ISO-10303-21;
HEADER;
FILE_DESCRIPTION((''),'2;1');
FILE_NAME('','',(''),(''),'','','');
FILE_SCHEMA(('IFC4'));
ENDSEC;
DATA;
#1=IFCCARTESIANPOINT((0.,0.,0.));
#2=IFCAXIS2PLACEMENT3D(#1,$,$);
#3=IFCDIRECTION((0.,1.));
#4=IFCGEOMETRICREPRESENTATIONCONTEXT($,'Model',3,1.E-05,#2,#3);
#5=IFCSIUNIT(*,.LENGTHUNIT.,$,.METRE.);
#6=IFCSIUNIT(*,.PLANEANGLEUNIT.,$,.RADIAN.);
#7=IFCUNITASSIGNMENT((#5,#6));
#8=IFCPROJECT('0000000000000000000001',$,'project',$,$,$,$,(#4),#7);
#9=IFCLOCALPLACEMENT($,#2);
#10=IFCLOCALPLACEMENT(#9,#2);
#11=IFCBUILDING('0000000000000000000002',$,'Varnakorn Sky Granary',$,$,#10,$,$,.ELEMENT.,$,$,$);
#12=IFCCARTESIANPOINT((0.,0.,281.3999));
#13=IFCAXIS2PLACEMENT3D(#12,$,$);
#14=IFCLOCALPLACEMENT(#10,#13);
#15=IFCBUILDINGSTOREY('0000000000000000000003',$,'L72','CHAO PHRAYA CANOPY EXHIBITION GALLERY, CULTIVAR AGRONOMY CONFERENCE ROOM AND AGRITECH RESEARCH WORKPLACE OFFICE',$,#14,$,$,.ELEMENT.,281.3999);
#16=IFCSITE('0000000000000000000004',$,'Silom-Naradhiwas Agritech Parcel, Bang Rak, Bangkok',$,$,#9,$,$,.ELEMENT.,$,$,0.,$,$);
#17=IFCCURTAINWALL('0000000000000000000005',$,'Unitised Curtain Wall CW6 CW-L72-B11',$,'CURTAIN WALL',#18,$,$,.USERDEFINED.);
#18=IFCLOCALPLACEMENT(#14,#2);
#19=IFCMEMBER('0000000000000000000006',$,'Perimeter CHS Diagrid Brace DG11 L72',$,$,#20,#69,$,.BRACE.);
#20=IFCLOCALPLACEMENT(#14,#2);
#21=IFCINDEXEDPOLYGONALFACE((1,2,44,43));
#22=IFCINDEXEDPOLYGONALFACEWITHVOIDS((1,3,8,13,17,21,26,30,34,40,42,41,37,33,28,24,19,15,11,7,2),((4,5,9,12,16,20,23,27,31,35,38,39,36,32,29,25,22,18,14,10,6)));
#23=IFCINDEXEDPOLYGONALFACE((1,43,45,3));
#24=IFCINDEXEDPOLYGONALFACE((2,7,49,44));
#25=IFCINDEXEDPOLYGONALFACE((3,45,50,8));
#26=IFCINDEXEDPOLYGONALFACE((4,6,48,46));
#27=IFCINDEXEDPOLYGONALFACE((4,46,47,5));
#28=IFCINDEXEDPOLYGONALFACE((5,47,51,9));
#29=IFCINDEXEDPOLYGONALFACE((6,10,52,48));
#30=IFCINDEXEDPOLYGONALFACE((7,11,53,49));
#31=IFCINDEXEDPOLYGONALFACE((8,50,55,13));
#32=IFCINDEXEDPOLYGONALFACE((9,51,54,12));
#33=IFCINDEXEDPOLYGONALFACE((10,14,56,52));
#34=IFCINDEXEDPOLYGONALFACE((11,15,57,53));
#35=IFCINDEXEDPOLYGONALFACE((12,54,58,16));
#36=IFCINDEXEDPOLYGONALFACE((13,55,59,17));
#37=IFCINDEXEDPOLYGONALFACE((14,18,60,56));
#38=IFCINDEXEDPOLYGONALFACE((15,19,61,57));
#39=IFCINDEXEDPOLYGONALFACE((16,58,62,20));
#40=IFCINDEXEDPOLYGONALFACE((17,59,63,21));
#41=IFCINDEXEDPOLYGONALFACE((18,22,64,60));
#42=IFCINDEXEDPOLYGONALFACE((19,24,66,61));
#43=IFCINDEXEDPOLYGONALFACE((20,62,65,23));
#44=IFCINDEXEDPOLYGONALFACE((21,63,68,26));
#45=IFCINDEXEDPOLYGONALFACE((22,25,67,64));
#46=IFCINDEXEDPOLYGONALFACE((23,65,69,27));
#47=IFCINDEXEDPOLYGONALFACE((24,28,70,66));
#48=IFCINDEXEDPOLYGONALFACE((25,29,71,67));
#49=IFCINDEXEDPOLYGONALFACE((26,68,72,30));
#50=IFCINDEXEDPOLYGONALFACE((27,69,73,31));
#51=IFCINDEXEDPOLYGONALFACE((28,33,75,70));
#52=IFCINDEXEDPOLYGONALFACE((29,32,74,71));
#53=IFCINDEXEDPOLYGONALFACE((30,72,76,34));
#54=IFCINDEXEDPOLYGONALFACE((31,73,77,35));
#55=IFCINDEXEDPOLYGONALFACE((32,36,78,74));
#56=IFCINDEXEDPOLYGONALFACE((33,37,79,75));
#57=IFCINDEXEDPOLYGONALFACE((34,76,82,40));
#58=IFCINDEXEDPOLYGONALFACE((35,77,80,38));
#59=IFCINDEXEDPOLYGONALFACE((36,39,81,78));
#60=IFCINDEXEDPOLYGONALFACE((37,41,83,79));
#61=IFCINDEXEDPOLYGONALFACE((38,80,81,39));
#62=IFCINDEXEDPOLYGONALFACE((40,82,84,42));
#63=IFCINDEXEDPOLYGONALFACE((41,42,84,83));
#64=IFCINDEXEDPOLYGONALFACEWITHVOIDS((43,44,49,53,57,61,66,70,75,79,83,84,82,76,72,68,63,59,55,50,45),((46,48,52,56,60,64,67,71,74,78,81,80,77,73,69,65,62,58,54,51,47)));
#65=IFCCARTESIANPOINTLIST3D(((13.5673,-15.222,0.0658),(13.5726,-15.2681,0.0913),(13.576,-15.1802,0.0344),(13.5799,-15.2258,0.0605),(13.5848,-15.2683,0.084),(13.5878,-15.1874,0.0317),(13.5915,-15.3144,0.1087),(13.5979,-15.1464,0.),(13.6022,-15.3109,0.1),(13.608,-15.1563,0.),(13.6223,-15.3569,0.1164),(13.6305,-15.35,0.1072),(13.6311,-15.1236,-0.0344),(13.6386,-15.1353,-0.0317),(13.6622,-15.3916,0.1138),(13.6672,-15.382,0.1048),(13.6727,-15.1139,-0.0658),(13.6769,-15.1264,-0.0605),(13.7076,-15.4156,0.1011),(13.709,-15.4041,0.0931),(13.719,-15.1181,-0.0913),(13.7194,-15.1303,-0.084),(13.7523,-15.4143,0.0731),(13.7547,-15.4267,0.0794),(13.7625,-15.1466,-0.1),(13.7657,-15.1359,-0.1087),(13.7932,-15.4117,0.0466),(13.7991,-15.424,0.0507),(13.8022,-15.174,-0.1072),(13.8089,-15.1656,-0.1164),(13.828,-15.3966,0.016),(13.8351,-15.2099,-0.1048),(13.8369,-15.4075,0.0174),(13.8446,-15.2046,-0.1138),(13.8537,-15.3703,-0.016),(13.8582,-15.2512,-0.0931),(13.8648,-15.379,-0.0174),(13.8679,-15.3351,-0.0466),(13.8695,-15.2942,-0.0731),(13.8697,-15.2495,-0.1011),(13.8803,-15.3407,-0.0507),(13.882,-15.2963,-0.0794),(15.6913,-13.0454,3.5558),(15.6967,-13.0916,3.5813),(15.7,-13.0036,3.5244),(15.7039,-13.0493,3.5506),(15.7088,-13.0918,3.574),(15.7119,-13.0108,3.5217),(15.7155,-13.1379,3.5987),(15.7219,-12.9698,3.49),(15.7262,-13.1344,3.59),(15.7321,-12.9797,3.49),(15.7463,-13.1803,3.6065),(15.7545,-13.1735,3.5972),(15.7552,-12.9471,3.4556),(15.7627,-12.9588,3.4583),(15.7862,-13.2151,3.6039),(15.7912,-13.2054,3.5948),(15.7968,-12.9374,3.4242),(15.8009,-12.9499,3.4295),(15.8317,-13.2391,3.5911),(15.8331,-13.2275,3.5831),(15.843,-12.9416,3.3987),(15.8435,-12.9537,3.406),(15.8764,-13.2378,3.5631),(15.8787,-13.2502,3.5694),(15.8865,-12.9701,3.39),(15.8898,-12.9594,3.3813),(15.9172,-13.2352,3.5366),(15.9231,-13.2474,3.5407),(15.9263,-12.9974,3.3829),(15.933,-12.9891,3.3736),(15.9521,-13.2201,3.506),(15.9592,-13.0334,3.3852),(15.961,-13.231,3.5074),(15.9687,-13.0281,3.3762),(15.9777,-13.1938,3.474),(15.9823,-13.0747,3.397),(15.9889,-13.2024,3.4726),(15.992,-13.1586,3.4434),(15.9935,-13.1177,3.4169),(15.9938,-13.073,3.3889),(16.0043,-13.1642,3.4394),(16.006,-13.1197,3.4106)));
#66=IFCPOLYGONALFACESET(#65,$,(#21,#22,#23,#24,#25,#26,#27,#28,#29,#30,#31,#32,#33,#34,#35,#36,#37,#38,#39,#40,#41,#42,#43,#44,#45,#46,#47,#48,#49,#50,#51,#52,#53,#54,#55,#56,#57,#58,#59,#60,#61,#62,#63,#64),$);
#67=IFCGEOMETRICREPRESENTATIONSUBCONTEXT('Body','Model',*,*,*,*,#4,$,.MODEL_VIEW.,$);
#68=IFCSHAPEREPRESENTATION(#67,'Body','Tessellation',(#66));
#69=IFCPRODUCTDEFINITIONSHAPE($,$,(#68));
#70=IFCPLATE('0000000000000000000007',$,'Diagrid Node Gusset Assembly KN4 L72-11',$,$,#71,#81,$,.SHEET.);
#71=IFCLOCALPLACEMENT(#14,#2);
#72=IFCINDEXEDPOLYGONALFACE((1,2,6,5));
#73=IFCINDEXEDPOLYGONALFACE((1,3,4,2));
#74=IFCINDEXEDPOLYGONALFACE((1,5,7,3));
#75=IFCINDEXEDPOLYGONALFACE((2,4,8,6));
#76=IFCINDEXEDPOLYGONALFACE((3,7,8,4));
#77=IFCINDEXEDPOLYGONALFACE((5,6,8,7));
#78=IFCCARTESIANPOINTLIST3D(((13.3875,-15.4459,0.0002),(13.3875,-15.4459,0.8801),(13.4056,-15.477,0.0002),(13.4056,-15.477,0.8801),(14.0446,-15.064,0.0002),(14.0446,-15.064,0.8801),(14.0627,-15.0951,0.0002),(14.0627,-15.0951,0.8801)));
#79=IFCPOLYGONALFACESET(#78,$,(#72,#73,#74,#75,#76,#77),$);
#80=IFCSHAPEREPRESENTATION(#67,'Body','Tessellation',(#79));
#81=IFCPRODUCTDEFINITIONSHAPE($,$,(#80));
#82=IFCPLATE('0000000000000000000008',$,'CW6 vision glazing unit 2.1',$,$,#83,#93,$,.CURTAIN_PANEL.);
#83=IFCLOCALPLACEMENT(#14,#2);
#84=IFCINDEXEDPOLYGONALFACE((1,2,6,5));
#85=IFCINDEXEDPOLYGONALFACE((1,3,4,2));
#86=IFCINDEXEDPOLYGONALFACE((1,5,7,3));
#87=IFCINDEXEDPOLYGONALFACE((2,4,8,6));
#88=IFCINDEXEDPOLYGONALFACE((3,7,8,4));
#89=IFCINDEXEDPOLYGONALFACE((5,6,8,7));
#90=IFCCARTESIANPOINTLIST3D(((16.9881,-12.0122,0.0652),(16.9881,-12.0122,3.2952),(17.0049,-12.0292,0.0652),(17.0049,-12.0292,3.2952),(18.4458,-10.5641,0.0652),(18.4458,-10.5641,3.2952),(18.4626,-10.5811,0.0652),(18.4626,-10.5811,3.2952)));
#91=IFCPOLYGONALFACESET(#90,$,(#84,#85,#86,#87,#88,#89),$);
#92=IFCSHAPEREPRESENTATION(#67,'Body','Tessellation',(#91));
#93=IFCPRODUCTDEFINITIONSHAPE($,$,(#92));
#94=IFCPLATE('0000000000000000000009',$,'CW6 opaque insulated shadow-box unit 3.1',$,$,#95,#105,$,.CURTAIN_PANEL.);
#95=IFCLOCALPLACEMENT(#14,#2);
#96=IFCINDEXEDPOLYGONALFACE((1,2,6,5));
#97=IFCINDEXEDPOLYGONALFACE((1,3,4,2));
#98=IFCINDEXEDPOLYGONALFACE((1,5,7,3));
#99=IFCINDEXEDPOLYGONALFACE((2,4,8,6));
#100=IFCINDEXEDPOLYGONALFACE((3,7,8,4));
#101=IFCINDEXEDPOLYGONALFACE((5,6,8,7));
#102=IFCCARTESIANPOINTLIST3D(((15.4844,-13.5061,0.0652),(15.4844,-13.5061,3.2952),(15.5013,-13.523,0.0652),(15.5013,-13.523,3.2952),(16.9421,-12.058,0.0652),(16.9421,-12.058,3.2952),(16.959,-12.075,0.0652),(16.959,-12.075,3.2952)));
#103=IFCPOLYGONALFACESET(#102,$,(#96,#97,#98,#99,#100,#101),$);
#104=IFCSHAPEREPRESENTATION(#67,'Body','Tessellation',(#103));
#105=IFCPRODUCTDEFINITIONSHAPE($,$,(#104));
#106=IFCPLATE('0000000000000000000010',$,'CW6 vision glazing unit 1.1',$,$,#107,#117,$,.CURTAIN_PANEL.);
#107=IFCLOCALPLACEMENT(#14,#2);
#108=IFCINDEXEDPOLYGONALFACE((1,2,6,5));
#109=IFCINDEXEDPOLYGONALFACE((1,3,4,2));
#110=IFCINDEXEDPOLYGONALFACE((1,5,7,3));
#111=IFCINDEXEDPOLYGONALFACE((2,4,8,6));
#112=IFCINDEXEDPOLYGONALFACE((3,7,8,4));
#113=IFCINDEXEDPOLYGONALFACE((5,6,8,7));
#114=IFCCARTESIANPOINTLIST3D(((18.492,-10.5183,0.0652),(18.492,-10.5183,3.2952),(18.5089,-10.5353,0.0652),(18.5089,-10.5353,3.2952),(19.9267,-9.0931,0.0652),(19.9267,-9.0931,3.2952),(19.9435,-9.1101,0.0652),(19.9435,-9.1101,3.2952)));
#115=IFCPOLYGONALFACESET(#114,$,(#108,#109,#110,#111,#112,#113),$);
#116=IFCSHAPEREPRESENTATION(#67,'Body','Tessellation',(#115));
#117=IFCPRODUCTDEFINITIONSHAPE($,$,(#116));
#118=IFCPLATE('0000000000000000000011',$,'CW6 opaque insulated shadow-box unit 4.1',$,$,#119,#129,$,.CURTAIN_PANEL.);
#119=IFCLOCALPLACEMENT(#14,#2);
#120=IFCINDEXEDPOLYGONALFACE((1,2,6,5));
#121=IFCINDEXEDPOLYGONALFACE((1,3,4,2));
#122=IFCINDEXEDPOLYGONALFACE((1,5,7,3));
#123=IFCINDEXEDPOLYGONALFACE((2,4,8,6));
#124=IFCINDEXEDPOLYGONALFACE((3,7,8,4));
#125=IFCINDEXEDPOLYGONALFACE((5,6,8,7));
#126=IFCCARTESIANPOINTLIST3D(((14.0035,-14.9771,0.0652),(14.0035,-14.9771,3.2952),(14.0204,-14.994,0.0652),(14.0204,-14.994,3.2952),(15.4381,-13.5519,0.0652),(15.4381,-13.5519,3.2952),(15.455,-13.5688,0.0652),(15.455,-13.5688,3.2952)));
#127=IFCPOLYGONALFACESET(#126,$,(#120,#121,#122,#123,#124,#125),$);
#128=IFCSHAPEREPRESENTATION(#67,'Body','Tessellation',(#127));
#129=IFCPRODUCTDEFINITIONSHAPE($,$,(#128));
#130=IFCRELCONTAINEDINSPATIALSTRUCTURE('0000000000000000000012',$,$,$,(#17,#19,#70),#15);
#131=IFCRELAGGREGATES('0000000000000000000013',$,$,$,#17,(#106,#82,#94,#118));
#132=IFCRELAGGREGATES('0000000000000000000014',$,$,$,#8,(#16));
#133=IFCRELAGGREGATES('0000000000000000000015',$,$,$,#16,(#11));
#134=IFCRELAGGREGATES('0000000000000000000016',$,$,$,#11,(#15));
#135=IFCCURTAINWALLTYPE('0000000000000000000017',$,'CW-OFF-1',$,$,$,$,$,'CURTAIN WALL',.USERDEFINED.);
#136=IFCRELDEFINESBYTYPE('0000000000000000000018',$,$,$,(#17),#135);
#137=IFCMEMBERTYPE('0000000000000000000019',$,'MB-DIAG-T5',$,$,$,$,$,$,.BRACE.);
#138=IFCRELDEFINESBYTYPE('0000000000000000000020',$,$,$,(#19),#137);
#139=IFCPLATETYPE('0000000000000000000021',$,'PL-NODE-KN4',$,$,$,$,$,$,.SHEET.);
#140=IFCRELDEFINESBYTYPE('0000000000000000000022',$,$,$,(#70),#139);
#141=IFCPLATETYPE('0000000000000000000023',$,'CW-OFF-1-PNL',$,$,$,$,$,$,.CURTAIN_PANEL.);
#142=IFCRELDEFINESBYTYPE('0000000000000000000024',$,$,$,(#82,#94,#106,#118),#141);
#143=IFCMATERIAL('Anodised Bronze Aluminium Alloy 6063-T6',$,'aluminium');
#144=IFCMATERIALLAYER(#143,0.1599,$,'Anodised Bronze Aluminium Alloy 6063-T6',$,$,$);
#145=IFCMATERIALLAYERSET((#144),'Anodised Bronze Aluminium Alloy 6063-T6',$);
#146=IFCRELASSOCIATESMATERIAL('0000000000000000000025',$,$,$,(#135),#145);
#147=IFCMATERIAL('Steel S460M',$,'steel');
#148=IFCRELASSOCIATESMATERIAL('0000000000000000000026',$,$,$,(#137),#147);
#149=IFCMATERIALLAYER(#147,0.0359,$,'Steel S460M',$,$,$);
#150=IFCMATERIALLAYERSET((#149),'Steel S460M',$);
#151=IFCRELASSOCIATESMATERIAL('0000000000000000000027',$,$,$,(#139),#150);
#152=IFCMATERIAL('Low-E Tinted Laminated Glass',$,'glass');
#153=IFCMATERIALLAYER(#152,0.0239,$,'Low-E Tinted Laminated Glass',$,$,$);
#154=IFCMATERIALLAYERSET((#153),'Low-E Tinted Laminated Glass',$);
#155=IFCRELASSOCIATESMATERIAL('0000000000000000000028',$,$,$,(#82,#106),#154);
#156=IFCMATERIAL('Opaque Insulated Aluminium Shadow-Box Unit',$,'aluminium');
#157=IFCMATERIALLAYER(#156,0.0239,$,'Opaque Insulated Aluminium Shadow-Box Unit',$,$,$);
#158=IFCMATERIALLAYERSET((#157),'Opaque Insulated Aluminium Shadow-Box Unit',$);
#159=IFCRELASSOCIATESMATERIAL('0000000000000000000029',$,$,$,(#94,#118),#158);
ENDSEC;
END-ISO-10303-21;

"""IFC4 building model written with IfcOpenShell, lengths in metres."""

from ifc_helpers import new_model, si_unit, direction, frame, origin, origin_2d, place, context, subcontext, project, spatial, rectangle, hollow_circle, extrude, source, transform, mapped, material, layer, layer_set, material_profile, profile_set, type_object, type_shapes, element, aggregate, save


model = new_model("IFC4")

# Units and contexts
model_context = context("Model", 3, precision=1e-05, world=origin(), true_north=direction((0.0, 1.0)))
body_context = subcontext(model_context, "Body", "Model", "MODEL_VIEW")
ifc_project = project(units=[si_unit("LENGTHUNIT", "METRE"), si_unit("PLANEANGLEUNIT", "RADIAN")], contexts=[model_context])

# Site, building, storey
site_placement = place(None, origin())
site = spatial("IfcSite", under=ifc_project, at=site_placement, Name="Silom-Naradhiwas Agritech Parcel, Bang Rak, Bangkok", CompositionType="ELEMENT", RefElevation=0.0)
building_placement = place(site_placement, origin())
building = spatial("IfcBuilding", under=site, at=building_placement, Name="Varnakorn Sky Granary", CompositionType="ELEMENT")
storey_placement = place(building_placement, frame((0.0, 0.0, 281.3999)))
storey = spatial("IfcBuildingStorey", under=building, at=storey_placement, Name="L72", Description="CHAO PHRAYA CANOPY EXHIBITION GALLERY, CULTIVAR AGRONOMY CONFERENCE ROOM AND AGRITECH RESEARCH WORKPLACE OFFICE", CompositionType="ELEMENT", Elevation=281.3999)

# Shared definitions
ifc_material_1 = material(Name="Steel S460M", Category="steel")

# Shared definitions
ifc_material_2 = material(Name="Anodised Bronze Aluminium Alloy 6063-T6", Category="aluminium")
ifc_layer_1 = layer(ifc_material_2, 0.1599, Name="Anodised Bronze Aluminium Alloy 6063-T6")
ifc_layer_set_1 = layer_set([ifc_layer_1], Name="Anodised Bronze Aluminium Alloy 6063-T6")
curtain_wall_type = type_object("IfcCurtainWallType", Name="CW-OFF-1", ElementType="CURTAIN WALL", PredefinedType="USERDEFINED", material=ifc_layer_set_1)

# Curtain wall
curtain_wall_1_placement = place(storey_placement, origin())
curtain_wall_1 = element("IfcCurtainWall", 1, at=curtain_wall_1_placement, inside=storey, type_object=curtain_wall_type, Name="Unitised Curtain Wall CW6 CW-L72-B11", ObjectType="CURTAIN WALL", PredefinedType="USERDEFINED")

# Member
ifc_material_profile_1 = material_profile(ifc_material_1, hollow_circle(Radius=0.1777, WallThickness=0.0142, at=origin_2d()), Name="CHS 355.6x14")
ifc_profile_set_1 = profile_set([ifc_material_profile_1], Name="Steel S460M")
member_type_1 = type_object("IfcMemberType", Name="MB-DIAG-T5", PredefinedType="BRACE", material=ifc_profile_set_1)
member_1_placement = place(storey_placement, frame((13.7251, -15.2705, 0.0), z_axis=(0.45884, 0.470179, 0.753921), x_axis=(-0.715684, 0.698424, 0.0)))
element("IfcMember", 2, at=member_1_placement, inside=storey, type_object=member_type_1, Name="Perimeter CHS Diagrid Brace DG11 L72", PredefinedType="BRACE", context=body_context, shape_type="SweptSolid", body=[
    extrude(hollow_circle(Radius=0.1777, WallThickness=0.0142, at=origin_2d()), origin(), (0.0, 0.0, 1.0), 4.6292),
])

# Plates
ifc_layer_2 = layer(ifc_material_1, 0.0359, Name="Steel S460M")
ifc_layer_set_2 = layer_set([ifc_layer_2], Name="Steel S460M")
plate_type_1 = type_object("IfcPlateType", Name="PL-NODE-KN4", PredefinedType="SHEET", material=ifc_layer_set_2)
plate_1_placement = place(storey_placement, frame((13.7251, -15.2705, 0.0002), z_axis=(0.0, 0.0, 1.0), x_axis=(0.864587, 0.502483, 0.0)))
element("IfcPlate", 3, at=plate_1_placement, inside=storey, type_object=plate_type_1, Name="Diagrid Node Gusset Assembly KN4 L72-11", PredefinedType="SHEET", context=body_context, shape_type="SweptSolid", body=[
    extrude(rectangle(XDim=0.76, YDim=0.0359, at=origin_2d()), origin(), (0.0, 0.0, 1.0), 0.8799),
])
ifc_material_3 = material(Name="Low-E Tinted Laminated Glass", Category="glass")
ifc_layer_3 = layer(ifc_material_3, 0.0239, Name="Low-E Tinted Laminated Glass")
ifc_layer_set_3 = layer_set([ifc_layer_3], Name="Low-E Tinted Laminated Glass")
plate_type_2 = type_object("IfcPlateType", Name="CW-OFF-1-PNL", PredefinedType="CURTAIN_PANEL")
shared_shape_1 = source(origin(), body_context, "Body", "SweptSolid", [
    extrude(rectangle(XDim=2.0547, YDim=0.0239, at=origin_2d()), origin(), (0.0, 0.0, 1.0), 3.23),
])
plate_2_placement = place(storey_placement, frame((17.7253, -11.2966, 0.0652), z_axis=(0.0, 0.0, 1.0), x_axis=(-0.709444, -0.704762, 0.0)))
plate_2 = element("IfcPlate", 4, at=plate_2_placement, type_object=plate_type_2, material=ifc_layer_set_3, Name="CW6 vision glazing unit 2.1", PredefinedType="CURTAIN_PANEL", context=body_context, shape_type="MappedRepresentation", body=[
    mapped(shared_shape_1, transform((0.0, 0.0, 0.0), x_axis=(1.0, 0.0, 0.0), y_axis=(0.0, 1.0, 0.0), z_axis=(0.0, 0.0, 1.0), scale=1.0)),
])
ifc_material_4 = material(Name="Opaque Insulated Aluminium Shadow-Box Unit", Category="aluminium")
ifc_layer_4 = layer(ifc_material_4, 0.0239, Name="Opaque Insulated Aluminium Shadow-Box Unit")
ifc_layer_set_4 = layer_set([ifc_layer_4], Name="Opaque Insulated Aluminium Shadow-Box Unit")
plate_3_placement = place(storey_placement, frame((16.2217, -12.7905, 0.0652), z_axis=(0.0, 0.0, 1.0), x_axis=(-0.709444, -0.704762, 0.0)))
plate_3 = element("IfcPlate", 5, at=plate_3_placement, type_object=plate_type_2, material=ifc_layer_set_4, Name="CW6 opaque insulated shadow-box unit 3.1", PredefinedType="CURTAIN_PANEL", context=body_context, shape_type="MappedRepresentation", body=[
    mapped(shared_shape_1, transform((0.0, 0.0, 0.0), x_axis=(1.0, 0.0, 0.0), y_axis=(0.0, 1.0, 0.0), z_axis=(0.0, 0.0, 1.0), scale=1.0)),
])
shared_shape_2 = source(origin(), body_context, "Body", "SweptSolid", [
    extrude(rectangle(XDim=2.0222, YDim=0.0239, at=origin_2d()), origin(), (0.0, 0.0, 1.0), 3.23),
])
type_shapes(plate_type_2, [shared_shape_1, shared_shape_2])
plate_4_placement = place(storey_placement, frame((19.2178, -9.8142, 0.0652), z_axis=(0.0, 0.0, 1.0), x_axis=(-0.709444, -0.704762, 0.0)))
plate_4 = element("IfcPlate", 6, at=plate_4_placement, type_object=plate_type_2, material=ifc_layer_set_3, Name="CW6 vision glazing unit 1.1", PredefinedType="CURTAIN_PANEL", context=body_context, shape_type="MappedRepresentation", body=[
    mapped(shared_shape_2, transform((0.0, 0.0, 0.0), x_axis=(1.0, 0.0, 0.0), y_axis=(0.0, 1.0, 0.0), z_axis=(0.0, 0.0, 1.0), scale=1.0)),
])
plate_5_placement = place(storey_placement, frame((14.7292, -14.2729, 0.0652), z_axis=(0.0, 0.0, 1.0), x_axis=(-0.709444, -0.704762, 0.0)))
plate_5 = element("IfcPlate", 7, at=plate_5_placement, type_object=plate_type_2, material=ifc_layer_set_4, Name="CW6 opaque insulated shadow-box unit 4.1", PredefinedType="CURTAIN_PANEL", context=body_context, shape_type="MappedRepresentation", body=[
    mapped(shared_shape_2, transform((0.0, 0.0, 0.0), x_axis=(1.0, 0.0, 0.0), y_axis=(0.0, 1.0, 0.0), z_axis=(0.0, 0.0, 1.0), scale=1.0)),
])
aggregate(curtain_wall_1, [plate_4, plate_2, plate_3, plate_5])

save(model, "model.ifc")
